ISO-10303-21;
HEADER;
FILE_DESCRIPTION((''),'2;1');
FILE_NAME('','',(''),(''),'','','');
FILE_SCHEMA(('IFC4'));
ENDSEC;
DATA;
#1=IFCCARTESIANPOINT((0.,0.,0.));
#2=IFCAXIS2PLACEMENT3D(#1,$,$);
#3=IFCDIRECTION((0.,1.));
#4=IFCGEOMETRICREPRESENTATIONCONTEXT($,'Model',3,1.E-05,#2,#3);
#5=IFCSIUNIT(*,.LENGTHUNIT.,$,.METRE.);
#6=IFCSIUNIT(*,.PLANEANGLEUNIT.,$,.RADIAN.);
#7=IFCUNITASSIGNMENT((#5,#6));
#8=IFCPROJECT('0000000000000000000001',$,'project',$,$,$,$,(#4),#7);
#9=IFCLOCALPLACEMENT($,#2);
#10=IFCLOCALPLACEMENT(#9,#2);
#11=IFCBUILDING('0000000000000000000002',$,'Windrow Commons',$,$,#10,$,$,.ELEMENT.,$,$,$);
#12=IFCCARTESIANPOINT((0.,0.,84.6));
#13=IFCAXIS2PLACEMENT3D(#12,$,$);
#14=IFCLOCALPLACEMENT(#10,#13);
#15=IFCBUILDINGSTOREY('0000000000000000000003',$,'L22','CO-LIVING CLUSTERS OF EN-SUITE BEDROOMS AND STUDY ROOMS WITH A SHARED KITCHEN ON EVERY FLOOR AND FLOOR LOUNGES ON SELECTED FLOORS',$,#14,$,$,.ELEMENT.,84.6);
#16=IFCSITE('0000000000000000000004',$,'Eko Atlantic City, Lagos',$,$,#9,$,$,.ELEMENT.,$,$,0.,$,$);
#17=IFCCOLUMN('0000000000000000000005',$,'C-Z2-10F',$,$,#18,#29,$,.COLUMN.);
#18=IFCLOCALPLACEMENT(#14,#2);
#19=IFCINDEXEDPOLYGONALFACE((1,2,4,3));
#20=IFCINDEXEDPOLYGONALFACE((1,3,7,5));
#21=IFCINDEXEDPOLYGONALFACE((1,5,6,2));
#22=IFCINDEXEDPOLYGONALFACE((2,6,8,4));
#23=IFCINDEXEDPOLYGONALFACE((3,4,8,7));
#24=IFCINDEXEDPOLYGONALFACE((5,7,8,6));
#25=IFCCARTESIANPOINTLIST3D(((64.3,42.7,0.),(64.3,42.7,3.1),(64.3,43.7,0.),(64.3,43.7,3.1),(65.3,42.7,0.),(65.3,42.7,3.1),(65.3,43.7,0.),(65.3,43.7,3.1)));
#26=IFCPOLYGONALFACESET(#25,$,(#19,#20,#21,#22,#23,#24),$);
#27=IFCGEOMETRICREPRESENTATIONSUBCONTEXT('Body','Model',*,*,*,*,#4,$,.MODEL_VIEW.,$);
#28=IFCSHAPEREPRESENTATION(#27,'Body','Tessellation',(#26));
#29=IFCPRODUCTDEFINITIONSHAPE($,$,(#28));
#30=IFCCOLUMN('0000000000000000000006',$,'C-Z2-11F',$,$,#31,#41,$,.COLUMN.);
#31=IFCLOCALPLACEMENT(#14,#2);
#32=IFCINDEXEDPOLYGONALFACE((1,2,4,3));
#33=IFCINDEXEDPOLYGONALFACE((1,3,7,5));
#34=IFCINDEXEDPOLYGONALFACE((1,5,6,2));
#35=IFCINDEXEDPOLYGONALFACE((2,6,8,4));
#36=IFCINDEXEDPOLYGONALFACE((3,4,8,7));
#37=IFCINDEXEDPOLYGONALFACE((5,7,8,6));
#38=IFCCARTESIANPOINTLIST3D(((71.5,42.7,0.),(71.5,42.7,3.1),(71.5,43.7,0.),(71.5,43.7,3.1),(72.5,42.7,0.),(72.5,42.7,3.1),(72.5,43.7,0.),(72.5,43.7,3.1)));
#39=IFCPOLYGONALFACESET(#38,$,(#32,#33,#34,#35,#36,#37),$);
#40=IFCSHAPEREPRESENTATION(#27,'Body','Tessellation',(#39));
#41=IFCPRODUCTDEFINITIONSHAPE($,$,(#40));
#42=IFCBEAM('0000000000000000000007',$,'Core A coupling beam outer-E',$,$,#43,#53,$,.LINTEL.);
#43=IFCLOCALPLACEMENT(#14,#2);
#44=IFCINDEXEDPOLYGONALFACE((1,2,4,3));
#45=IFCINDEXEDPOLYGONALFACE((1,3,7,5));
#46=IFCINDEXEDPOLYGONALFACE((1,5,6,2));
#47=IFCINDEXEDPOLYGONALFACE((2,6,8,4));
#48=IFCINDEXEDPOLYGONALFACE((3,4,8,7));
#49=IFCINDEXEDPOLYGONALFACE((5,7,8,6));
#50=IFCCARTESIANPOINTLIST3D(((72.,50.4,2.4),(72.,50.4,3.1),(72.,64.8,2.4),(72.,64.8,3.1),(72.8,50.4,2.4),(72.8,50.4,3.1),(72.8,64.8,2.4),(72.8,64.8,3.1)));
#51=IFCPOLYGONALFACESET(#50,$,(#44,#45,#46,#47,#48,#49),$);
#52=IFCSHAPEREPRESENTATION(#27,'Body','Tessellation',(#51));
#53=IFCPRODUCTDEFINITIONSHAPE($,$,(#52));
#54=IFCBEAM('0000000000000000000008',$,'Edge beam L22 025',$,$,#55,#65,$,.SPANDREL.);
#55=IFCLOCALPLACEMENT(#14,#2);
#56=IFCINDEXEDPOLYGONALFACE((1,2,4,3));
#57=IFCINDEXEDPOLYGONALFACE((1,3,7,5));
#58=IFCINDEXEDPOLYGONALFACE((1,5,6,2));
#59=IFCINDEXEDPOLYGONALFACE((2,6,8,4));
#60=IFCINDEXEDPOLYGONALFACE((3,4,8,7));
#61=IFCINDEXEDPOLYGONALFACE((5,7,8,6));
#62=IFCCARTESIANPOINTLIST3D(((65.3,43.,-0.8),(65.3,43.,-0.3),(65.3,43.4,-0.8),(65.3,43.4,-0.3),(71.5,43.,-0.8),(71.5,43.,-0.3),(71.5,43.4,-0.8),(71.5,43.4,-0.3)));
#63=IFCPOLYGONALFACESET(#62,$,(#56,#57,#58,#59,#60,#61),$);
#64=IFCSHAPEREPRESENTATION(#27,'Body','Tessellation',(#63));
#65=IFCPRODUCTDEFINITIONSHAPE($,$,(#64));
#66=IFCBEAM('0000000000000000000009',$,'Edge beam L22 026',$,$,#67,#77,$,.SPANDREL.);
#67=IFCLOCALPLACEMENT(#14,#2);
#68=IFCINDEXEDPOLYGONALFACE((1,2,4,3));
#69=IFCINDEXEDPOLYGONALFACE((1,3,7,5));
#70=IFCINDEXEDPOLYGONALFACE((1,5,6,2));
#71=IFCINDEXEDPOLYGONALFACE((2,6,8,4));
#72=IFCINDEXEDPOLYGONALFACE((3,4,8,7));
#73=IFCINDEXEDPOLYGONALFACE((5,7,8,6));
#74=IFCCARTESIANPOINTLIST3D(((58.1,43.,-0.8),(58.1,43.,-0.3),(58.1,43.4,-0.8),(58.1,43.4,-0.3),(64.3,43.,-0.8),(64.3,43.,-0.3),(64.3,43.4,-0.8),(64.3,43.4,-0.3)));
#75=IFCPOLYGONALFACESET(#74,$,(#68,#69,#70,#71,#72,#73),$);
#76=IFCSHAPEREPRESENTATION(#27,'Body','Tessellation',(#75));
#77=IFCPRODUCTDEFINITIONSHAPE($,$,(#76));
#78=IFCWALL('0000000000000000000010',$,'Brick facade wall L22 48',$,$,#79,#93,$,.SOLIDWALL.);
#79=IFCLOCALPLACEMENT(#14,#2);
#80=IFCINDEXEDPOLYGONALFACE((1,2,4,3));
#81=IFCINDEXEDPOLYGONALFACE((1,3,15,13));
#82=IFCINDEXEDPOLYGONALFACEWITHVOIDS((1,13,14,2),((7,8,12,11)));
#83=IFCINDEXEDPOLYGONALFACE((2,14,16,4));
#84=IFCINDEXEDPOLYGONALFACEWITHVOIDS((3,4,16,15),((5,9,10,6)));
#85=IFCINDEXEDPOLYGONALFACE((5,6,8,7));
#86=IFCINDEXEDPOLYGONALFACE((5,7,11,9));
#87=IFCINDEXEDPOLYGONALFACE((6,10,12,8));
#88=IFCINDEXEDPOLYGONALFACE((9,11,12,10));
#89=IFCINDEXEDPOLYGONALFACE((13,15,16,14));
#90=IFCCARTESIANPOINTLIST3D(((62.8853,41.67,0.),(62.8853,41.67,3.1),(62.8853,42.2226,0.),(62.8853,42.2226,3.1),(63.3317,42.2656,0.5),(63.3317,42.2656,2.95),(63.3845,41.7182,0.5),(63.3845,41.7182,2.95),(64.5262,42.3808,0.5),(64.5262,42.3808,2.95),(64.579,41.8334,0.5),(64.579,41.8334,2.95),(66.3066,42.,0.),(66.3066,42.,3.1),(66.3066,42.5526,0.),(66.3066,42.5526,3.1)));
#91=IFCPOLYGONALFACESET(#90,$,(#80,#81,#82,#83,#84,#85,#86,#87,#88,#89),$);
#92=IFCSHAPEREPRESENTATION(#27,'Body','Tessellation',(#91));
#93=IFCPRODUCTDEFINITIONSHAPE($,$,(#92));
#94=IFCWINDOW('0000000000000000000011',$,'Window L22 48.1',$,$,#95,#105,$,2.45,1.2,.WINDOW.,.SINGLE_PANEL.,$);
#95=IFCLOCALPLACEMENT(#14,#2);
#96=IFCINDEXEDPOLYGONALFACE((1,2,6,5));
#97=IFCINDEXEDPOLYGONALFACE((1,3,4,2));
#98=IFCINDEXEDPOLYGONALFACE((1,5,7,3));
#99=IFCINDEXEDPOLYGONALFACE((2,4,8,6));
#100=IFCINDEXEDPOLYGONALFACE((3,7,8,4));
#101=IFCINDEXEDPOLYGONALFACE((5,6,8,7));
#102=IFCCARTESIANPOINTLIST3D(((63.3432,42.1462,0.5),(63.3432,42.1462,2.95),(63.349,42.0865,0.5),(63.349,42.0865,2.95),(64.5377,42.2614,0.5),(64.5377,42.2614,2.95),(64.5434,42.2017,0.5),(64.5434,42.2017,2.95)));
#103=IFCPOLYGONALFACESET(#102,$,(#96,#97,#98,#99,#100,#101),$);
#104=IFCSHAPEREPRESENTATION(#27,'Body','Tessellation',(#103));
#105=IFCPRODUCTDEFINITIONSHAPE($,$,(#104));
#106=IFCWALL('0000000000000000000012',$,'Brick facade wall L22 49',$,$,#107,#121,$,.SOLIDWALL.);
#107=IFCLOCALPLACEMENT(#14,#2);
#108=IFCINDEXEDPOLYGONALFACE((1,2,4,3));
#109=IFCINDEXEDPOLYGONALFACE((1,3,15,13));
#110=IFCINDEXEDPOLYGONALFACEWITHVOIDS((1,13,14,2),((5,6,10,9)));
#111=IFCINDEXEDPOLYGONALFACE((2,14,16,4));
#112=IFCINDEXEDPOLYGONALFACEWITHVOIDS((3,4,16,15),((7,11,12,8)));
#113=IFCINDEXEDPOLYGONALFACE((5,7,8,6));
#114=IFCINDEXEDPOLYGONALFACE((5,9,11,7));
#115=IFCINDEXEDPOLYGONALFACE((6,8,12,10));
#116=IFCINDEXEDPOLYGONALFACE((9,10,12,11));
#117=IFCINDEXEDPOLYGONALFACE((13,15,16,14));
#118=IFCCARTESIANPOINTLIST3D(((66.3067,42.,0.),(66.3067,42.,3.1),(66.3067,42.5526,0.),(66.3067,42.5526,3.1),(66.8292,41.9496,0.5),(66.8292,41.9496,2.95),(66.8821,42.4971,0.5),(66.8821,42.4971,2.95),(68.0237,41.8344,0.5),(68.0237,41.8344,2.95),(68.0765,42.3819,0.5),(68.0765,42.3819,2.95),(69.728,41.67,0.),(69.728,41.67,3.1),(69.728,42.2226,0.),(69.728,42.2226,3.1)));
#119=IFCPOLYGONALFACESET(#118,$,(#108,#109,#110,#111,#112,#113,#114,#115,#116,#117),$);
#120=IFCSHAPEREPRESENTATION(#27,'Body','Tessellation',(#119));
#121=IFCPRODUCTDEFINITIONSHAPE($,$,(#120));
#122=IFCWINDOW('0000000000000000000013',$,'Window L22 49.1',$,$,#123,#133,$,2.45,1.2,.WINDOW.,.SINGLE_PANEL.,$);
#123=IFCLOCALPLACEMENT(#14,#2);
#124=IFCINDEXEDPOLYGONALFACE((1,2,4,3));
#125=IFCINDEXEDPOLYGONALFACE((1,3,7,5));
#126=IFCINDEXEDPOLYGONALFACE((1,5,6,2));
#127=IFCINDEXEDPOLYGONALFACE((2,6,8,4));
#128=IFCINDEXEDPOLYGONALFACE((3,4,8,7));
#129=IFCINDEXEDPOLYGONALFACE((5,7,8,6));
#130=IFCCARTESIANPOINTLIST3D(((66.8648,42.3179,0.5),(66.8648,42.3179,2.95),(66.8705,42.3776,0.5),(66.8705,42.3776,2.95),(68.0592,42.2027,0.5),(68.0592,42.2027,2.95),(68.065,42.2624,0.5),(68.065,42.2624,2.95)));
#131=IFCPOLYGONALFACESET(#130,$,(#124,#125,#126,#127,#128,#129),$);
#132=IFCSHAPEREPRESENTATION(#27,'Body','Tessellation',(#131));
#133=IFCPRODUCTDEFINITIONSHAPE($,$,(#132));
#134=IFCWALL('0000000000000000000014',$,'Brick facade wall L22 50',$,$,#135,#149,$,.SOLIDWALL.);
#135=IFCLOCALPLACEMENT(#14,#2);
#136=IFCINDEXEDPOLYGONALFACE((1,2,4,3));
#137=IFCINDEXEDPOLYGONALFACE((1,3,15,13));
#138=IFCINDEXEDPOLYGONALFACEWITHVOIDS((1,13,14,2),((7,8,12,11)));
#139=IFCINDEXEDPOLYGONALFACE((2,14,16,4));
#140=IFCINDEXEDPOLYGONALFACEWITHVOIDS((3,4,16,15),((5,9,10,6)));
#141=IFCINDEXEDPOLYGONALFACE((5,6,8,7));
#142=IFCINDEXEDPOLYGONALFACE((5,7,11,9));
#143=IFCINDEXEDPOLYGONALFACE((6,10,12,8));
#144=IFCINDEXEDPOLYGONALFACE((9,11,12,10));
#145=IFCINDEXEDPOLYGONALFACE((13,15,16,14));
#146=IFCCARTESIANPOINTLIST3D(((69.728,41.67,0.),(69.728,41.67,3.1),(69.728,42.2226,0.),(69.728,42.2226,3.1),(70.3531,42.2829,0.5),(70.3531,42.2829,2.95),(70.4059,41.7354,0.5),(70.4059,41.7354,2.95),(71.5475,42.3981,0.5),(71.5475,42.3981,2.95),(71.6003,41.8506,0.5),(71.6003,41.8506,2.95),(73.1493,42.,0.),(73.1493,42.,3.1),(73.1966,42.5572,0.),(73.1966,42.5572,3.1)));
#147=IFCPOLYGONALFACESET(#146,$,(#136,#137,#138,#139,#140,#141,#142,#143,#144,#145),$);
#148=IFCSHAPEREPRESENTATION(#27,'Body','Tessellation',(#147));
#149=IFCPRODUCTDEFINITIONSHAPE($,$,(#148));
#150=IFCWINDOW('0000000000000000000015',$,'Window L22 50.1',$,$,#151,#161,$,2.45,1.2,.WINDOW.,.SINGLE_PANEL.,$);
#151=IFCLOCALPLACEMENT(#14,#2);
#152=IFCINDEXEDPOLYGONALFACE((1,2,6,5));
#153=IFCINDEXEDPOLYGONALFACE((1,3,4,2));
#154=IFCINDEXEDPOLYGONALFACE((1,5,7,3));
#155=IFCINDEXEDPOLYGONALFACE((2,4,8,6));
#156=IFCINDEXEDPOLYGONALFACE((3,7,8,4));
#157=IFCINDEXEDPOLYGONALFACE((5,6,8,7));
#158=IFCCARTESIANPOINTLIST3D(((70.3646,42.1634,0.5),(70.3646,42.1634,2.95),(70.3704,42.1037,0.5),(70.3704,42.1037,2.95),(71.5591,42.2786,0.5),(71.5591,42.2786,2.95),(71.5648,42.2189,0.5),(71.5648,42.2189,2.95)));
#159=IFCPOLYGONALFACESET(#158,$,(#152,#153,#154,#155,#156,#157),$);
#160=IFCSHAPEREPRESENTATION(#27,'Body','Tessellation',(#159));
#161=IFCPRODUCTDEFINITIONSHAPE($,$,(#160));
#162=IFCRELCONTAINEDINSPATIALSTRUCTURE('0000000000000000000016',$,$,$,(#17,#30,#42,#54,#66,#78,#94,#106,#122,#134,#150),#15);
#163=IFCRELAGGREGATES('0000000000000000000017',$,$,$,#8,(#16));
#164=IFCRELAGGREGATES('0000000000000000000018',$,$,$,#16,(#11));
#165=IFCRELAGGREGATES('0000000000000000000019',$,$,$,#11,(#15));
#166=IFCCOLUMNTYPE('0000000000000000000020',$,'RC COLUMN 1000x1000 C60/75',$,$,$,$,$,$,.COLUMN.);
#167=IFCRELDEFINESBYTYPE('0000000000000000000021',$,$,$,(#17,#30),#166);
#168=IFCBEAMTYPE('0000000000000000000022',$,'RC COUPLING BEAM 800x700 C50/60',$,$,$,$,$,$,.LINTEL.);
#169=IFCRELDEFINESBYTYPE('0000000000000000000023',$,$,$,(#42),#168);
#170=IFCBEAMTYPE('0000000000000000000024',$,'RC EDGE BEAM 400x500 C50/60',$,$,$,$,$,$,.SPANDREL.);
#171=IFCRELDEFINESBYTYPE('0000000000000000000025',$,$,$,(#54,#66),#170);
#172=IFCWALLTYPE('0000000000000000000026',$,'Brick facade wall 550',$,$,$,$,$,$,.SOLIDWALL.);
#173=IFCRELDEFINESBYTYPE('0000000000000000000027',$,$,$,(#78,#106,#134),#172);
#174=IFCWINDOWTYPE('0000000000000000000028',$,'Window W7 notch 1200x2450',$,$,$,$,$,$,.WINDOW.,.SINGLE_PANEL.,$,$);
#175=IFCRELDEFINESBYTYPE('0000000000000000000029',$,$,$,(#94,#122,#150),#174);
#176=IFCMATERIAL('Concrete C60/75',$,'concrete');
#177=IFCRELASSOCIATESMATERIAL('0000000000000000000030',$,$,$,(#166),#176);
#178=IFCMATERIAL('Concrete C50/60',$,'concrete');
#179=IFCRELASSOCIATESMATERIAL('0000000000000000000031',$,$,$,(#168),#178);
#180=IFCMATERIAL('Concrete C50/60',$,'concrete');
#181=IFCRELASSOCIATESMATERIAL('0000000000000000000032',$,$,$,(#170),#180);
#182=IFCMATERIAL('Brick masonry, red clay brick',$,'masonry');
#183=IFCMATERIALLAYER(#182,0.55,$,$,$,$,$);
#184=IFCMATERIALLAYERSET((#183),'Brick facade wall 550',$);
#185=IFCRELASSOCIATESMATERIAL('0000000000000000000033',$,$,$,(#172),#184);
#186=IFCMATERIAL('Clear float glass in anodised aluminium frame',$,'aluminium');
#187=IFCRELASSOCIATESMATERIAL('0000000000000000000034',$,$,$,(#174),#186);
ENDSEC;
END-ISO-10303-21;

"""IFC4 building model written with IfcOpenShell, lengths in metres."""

from ifc_helpers import new_model, si_unit, direction, frame, frame_2d, origin, origin_2d, place, context, subcontext, project, spatial, polyline, rectangle, outline, extrude, material, layer, layer_set, material_profile, profile_set, type_object, element, fill, save


model = new_model("IFC4")

# Units and contexts
model_context = context("Model", 3, precision=1e-05, world=origin(), true_north=direction((0.0, 1.0)))
body_context = subcontext(model_context, "Body", "Model", "MODEL_VIEW")
ifc_project = project(units=[si_unit("LENGTHUNIT", "METRE"), si_unit("PLANEANGLEUNIT", "RADIAN")], contexts=[model_context])

# Site, building, storey
site_placement = place(None, origin())
site = spatial("IfcSite", under=ifc_project, at=site_placement, Name="Eko Atlantic City, Lagos", CompositionType="ELEMENT", RefElevation=0.0)
building_placement = place(site_placement, origin())
building = spatial("IfcBuilding", under=site, at=building_placement, Name="Windrow Commons", CompositionType="ELEMENT")
storey_placement = place(building_placement, frame((0.0, 0.0, 84.6)))
storey = spatial("IfcBuildingStorey", under=building, at=storey_placement, Name="L22", Description="CO-LIVING CLUSTERS OF EN-SUITE BEDROOMS AND STUDY ROOMS WITH A SHARED KITCHEN ON EVERY FLOOR AND FLOOR LOUNGES ON SELECTED FLOORS", CompositionType="ELEMENT", Elevation=84.6)

# Columns
ifc_material_1 = material(Name="Concrete C60/75", Category="concrete")
ifc_material_profile_1 = material_profile(ifc_material_1, rectangle(XDim=1.0, YDim=1.0, at=origin_2d()))
ifc_profile_set_1 = profile_set([ifc_material_profile_1], Name="Concrete C60/75")
column_type = type_object("IfcColumnType", Name="RC COLUMN 1000x1000 C60/75", PredefinedType="COLUMN", material=ifc_profile_set_1)
for number, where, z_axis, x_axis, name in (
    (1, (64.8, 43.2, 0.0), (0.0, 0.0, 1.0), (1.0, 0.0, 0.0), "C-Z2-10F"),
    (2, (72.0, 43.2, 0.0), (0.0, 0.0, 1.0), (1.0, 0.0, 0.0), "C-Z2-11F"),
):
    element("IfcColumn", number, at=place(storey_placement, frame(where, z_axis=z_axis, x_axis=x_axis)), inside=storey, type_object=column_type, Name=name, PredefinedType="COLUMN", context=body_context, shape_type="SweptSolid", body=[
        extrude(rectangle(XDim=1.0, YDim=1.0, at=origin_2d()), origin(), (0.0, 0.0, 1.0), 3.1),
    ])

# Beams
ifc_material_2 = material(Name="Concrete C50/60", Category="concrete")
ifc_material_profile_2 = material_profile(ifc_material_2, rectangle(XDim=0.8, YDim=0.7, at=origin_2d()))
ifc_profile_set_2 = profile_set([ifc_material_profile_2], Name="Concrete C50/60")
beam_type_1 = type_object("IfcBeamType", Name="RC COUPLING BEAM 800x700 C50/60", PredefinedType="LINTEL", material=ifc_profile_set_2)
beam_placement = place(storey_placement, frame((72.4, 50.4, 2.75), z_axis=(0.0, 1.0, 0.0), x_axis=(-1.0, 0.0, 0.0)))
element("IfcBeam", 3, at=beam_placement, inside=storey, type_object=beam_type_1, Name="Core A coupling beam outer-E", PredefinedType="LINTEL", context=body_context, shape_type="SweptSolid", body=[
    extrude(rectangle(XDim=0.8, YDim=0.7, at=origin_2d()), origin(), (0.0, 0.0, 1.0), 14.4),
])
ifc_material_3 = material(Name="Concrete C50/60", Category="concrete")
ifc_material_profile_3 = material_profile(ifc_material_3, rectangle(XDim=0.4, YDim=0.5, at=origin_2d()))
ifc_profile_set_3 = profile_set([ifc_material_profile_3], Name="Concrete C50/60")
beam_type_2 = type_object("IfcBeamType", Name="RC EDGE BEAM 400x500 C50/60", PredefinedType="SPANDREL", material=ifc_profile_set_3)
for number, where, z_axis, x_axis, name in (
    (4, (71.5, 43.2, -0.55), (-1.0, 0.0, 0.0), (0.0, -1.0, 0.0), "Edge beam L22 025"),
    (5, (64.3, 43.2, -0.55), (-1.0, 0.0, 0.0), (0.0, -1.0, 0.0), "Edge beam L22 026"),
):
    element("IfcBeam", number, at=place(storey_placement, frame(where, z_axis=z_axis, x_axis=x_axis)), inside=storey, type_object=beam_type_2, Name=name, PredefinedType="SPANDREL", context=body_context, shape_type="SweptSolid", body=[
        extrude(rectangle(XDim=0.4, YDim=0.5, at=origin_2d()), origin(), (0.0, 0.0, 1.0), 6.2),
    ])

# Walls, openings, windows
ifc_material_4 = material(Name="Brick masonry, red clay brick", Category="masonry")
ifc_layer_1 = layer(ifc_material_4, 0.55)
ifc_layer_set_1 = layer_set([ifc_layer_1], Name="Brick facade wall 550")
wall_type_1 = type_object("IfcWallType", Name="Brick facade wall 550", PredefinedType="SOLIDWALL", material=ifc_layer_set_1)
wall_1_placement = place(storey_placement, frame((62.8853, 41.9463, 0.0), z_axis=(0.0, 0.0, 1.0), x_axis=(0.995381, 0.096006, 0.0)))
wall_1 = element("IfcWall", 6, at=wall_1_placement, inside=storey, type_object=wall_type_1, Name="Brick facade wall L22 48", PredefinedType="SOLIDWALL", context=body_context, shape_type="SweptSolid", body=[
    extrude(outline(polyline([(-0.0265, -0.275), (3.4107, -0.275), (3.4637, 0.275), (0.0265, 0.275), (-0.0265, -0.275)])), origin(), (0.0, 0.0, 1.0), 3.1),
])
opening_1_placement = place(wall_1_placement, frame((0.475, 0.0, 0.5)))
opening_1 = element("IfcOpeningElement", 7, at=opening_1_placement, cuts=wall_1, PredefinedType="OPENING", context=body_context, shape_type="SweptSolid", body=[
    extrude(rectangle(XDim=1.2, YDim=2.45, at=frame_2d((0.6, 1.225))), frame((0.0, 0.285, 0.0), z_axis=(0.0, -1.0, 0.0), x_axis=(1.0, 0.0, 0.0)), (0.0, 0.0, 1.0), 0.57),
])
ifc_material_5 = material(Name="Clear float glass in anodised aluminium frame", Category="aluminium")
window_type = type_object("IfcWindowType", Name="Window W7 notch 1200x2450", PartitioningType="SINGLE_PANEL", PredefinedType="WINDOW", material=ifc_material_5)
window_1_placement = place(opening_1_placement, origin())
window_1 = element("IfcWindow", 8, at=window_1_placement, inside=storey, type_object=window_type, Name="Window L22 48.1", OverallHeight=2.45, OverallWidth=1.2, PartitioningType="SINGLE_PANEL", PredefinedType="WINDOW", context=body_context, shape_type="SweptSolid", body=[
    extrude(rectangle(XDim=1.2, YDim=2.45, at=frame_2d((0.6, 1.225))), frame((0.0, 0.155, 0.0), z_axis=(0.0, -1.0, 0.0), x_axis=(1.0, 0.0, 0.0)), (0.0, 0.0, 1.0), 0.06),
])
fill(opening_1, window_1)
wall_2_placement = place(storey_placement, frame((66.3067, 42.2763, 0.0), z_axis=(0.0, 0.0, 1.0), x_axis=(0.99538, -0.096009, 0.0)))
wall_2 = element("IfcWall", 9, at=wall_2_placement, inside=storey, type_object=wall_type_1, Name="Brick facade wall L22 49", PredefinedType="SOLIDWALL", context=body_context, shape_type="SweptSolid", body=[
    extrude(outline(polyline([(0.0265, -0.275), (3.4637, -0.275), (3.4107, 0.275), (-0.0265, 0.275), (0.0265, -0.275)])), origin(), (0.0, 0.0, 1.0), 3.1),
])
opening_2_placement = place(wall_2_placement, frame((0.5515, 0.0, 0.5)))
opening_2 = element("IfcOpeningElement", 10, at=opening_2_placement, cuts=wall_2, PredefinedType="OPENING", context=body_context, shape_type="SweptSolid", body=[
    extrude(rectangle(XDim=1.2, YDim=2.45, at=frame_2d((0.6, 1.225))), frame((0.0, 0.285, 0.0), z_axis=(0.0, -1.0, 0.0), x_axis=(1.0, 0.0, 0.0)), (0.0, 0.0, 1.0), 0.57),
])
window_2_placement = place(opening_2_placement, origin())
window_2 = element("IfcWindow", 11, at=window_2_placement, inside=storey, type_object=window_type, Name="Window L22 49.1", OverallHeight=2.45, OverallWidth=1.2, PartitioningType="SINGLE_PANEL", PredefinedType="WINDOW", context=body_context, shape_type="SweptSolid", body=[
    extrude(rectangle(XDim=1.2, YDim=2.45, at=frame_2d((0.6, 1.225))), frame((0.0, 0.155, 0.0), z_axis=(0.0, -1.0, 0.0), x_axis=(1.0, 0.0, 0.0)), (0.0, 0.0, 1.0), 0.06),
])
fill(opening_2, window_2)
wall_3_placement = place(storey_placement, frame((69.728, 41.9463, 0.0), z_axis=(0.0, 0.0, 1.0), x_axis=(0.99538, 0.096013, 0.0)))
wall_3 = element("IfcWall", 12, at=wall_3_placement, inside=storey, type_object=wall_type_1, Name="Brick facade wall L22 50", PredefinedType="SOLIDWALL", context=body_context, shape_type="SweptSolid", body=[
    extrude(outline(polyline([(-0.0265, -0.275), (3.4107, -0.275), (3.5112, 0.275), (0.0265, 0.275), (-0.0265, -0.275)])), origin(), (0.0, 0.0, 1.0), 3.1),
])
opening_3_placement = place(wall_3_placement, frame((0.6545, 0.0, 0.5)))
opening_3 = element("IfcOpeningElement", 13, at=opening_3_placement, cuts=wall_3, PredefinedType="OPENING", context=body_context, shape_type="SweptSolid", body=[
    extrude(rectangle(XDim=1.2, YDim=2.45, at=frame_2d((0.6, 1.225))), frame((0.0, 0.285, 0.0), z_axis=(0.0, -1.0, 0.0), x_axis=(1.0, 0.0, 0.0)), (0.0, 0.0, 1.0), 0.57),
])
window_3_placement = place(opening_3_placement, origin())
window_3 = element("IfcWindow", 14, at=window_3_placement, inside=storey, type_object=window_type, Name="Window L22 50.1", OverallHeight=2.45, OverallWidth=1.2, PartitioningType="SINGLE_PANEL", PredefinedType="WINDOW", context=body_context, shape_type="SweptSolid", body=[
    extrude(rectangle(XDim=1.2, YDim=2.45, at=frame_2d((0.6, 1.225))), frame((0.0, 0.155, 0.0), z_axis=(0.0, -1.0, 0.0), x_axis=(1.0, 0.0, 0.0)), (0.0, 0.0, 1.0), 0.06),
])
fill(opening_3, window_3)

save(model, "model.ifc")
